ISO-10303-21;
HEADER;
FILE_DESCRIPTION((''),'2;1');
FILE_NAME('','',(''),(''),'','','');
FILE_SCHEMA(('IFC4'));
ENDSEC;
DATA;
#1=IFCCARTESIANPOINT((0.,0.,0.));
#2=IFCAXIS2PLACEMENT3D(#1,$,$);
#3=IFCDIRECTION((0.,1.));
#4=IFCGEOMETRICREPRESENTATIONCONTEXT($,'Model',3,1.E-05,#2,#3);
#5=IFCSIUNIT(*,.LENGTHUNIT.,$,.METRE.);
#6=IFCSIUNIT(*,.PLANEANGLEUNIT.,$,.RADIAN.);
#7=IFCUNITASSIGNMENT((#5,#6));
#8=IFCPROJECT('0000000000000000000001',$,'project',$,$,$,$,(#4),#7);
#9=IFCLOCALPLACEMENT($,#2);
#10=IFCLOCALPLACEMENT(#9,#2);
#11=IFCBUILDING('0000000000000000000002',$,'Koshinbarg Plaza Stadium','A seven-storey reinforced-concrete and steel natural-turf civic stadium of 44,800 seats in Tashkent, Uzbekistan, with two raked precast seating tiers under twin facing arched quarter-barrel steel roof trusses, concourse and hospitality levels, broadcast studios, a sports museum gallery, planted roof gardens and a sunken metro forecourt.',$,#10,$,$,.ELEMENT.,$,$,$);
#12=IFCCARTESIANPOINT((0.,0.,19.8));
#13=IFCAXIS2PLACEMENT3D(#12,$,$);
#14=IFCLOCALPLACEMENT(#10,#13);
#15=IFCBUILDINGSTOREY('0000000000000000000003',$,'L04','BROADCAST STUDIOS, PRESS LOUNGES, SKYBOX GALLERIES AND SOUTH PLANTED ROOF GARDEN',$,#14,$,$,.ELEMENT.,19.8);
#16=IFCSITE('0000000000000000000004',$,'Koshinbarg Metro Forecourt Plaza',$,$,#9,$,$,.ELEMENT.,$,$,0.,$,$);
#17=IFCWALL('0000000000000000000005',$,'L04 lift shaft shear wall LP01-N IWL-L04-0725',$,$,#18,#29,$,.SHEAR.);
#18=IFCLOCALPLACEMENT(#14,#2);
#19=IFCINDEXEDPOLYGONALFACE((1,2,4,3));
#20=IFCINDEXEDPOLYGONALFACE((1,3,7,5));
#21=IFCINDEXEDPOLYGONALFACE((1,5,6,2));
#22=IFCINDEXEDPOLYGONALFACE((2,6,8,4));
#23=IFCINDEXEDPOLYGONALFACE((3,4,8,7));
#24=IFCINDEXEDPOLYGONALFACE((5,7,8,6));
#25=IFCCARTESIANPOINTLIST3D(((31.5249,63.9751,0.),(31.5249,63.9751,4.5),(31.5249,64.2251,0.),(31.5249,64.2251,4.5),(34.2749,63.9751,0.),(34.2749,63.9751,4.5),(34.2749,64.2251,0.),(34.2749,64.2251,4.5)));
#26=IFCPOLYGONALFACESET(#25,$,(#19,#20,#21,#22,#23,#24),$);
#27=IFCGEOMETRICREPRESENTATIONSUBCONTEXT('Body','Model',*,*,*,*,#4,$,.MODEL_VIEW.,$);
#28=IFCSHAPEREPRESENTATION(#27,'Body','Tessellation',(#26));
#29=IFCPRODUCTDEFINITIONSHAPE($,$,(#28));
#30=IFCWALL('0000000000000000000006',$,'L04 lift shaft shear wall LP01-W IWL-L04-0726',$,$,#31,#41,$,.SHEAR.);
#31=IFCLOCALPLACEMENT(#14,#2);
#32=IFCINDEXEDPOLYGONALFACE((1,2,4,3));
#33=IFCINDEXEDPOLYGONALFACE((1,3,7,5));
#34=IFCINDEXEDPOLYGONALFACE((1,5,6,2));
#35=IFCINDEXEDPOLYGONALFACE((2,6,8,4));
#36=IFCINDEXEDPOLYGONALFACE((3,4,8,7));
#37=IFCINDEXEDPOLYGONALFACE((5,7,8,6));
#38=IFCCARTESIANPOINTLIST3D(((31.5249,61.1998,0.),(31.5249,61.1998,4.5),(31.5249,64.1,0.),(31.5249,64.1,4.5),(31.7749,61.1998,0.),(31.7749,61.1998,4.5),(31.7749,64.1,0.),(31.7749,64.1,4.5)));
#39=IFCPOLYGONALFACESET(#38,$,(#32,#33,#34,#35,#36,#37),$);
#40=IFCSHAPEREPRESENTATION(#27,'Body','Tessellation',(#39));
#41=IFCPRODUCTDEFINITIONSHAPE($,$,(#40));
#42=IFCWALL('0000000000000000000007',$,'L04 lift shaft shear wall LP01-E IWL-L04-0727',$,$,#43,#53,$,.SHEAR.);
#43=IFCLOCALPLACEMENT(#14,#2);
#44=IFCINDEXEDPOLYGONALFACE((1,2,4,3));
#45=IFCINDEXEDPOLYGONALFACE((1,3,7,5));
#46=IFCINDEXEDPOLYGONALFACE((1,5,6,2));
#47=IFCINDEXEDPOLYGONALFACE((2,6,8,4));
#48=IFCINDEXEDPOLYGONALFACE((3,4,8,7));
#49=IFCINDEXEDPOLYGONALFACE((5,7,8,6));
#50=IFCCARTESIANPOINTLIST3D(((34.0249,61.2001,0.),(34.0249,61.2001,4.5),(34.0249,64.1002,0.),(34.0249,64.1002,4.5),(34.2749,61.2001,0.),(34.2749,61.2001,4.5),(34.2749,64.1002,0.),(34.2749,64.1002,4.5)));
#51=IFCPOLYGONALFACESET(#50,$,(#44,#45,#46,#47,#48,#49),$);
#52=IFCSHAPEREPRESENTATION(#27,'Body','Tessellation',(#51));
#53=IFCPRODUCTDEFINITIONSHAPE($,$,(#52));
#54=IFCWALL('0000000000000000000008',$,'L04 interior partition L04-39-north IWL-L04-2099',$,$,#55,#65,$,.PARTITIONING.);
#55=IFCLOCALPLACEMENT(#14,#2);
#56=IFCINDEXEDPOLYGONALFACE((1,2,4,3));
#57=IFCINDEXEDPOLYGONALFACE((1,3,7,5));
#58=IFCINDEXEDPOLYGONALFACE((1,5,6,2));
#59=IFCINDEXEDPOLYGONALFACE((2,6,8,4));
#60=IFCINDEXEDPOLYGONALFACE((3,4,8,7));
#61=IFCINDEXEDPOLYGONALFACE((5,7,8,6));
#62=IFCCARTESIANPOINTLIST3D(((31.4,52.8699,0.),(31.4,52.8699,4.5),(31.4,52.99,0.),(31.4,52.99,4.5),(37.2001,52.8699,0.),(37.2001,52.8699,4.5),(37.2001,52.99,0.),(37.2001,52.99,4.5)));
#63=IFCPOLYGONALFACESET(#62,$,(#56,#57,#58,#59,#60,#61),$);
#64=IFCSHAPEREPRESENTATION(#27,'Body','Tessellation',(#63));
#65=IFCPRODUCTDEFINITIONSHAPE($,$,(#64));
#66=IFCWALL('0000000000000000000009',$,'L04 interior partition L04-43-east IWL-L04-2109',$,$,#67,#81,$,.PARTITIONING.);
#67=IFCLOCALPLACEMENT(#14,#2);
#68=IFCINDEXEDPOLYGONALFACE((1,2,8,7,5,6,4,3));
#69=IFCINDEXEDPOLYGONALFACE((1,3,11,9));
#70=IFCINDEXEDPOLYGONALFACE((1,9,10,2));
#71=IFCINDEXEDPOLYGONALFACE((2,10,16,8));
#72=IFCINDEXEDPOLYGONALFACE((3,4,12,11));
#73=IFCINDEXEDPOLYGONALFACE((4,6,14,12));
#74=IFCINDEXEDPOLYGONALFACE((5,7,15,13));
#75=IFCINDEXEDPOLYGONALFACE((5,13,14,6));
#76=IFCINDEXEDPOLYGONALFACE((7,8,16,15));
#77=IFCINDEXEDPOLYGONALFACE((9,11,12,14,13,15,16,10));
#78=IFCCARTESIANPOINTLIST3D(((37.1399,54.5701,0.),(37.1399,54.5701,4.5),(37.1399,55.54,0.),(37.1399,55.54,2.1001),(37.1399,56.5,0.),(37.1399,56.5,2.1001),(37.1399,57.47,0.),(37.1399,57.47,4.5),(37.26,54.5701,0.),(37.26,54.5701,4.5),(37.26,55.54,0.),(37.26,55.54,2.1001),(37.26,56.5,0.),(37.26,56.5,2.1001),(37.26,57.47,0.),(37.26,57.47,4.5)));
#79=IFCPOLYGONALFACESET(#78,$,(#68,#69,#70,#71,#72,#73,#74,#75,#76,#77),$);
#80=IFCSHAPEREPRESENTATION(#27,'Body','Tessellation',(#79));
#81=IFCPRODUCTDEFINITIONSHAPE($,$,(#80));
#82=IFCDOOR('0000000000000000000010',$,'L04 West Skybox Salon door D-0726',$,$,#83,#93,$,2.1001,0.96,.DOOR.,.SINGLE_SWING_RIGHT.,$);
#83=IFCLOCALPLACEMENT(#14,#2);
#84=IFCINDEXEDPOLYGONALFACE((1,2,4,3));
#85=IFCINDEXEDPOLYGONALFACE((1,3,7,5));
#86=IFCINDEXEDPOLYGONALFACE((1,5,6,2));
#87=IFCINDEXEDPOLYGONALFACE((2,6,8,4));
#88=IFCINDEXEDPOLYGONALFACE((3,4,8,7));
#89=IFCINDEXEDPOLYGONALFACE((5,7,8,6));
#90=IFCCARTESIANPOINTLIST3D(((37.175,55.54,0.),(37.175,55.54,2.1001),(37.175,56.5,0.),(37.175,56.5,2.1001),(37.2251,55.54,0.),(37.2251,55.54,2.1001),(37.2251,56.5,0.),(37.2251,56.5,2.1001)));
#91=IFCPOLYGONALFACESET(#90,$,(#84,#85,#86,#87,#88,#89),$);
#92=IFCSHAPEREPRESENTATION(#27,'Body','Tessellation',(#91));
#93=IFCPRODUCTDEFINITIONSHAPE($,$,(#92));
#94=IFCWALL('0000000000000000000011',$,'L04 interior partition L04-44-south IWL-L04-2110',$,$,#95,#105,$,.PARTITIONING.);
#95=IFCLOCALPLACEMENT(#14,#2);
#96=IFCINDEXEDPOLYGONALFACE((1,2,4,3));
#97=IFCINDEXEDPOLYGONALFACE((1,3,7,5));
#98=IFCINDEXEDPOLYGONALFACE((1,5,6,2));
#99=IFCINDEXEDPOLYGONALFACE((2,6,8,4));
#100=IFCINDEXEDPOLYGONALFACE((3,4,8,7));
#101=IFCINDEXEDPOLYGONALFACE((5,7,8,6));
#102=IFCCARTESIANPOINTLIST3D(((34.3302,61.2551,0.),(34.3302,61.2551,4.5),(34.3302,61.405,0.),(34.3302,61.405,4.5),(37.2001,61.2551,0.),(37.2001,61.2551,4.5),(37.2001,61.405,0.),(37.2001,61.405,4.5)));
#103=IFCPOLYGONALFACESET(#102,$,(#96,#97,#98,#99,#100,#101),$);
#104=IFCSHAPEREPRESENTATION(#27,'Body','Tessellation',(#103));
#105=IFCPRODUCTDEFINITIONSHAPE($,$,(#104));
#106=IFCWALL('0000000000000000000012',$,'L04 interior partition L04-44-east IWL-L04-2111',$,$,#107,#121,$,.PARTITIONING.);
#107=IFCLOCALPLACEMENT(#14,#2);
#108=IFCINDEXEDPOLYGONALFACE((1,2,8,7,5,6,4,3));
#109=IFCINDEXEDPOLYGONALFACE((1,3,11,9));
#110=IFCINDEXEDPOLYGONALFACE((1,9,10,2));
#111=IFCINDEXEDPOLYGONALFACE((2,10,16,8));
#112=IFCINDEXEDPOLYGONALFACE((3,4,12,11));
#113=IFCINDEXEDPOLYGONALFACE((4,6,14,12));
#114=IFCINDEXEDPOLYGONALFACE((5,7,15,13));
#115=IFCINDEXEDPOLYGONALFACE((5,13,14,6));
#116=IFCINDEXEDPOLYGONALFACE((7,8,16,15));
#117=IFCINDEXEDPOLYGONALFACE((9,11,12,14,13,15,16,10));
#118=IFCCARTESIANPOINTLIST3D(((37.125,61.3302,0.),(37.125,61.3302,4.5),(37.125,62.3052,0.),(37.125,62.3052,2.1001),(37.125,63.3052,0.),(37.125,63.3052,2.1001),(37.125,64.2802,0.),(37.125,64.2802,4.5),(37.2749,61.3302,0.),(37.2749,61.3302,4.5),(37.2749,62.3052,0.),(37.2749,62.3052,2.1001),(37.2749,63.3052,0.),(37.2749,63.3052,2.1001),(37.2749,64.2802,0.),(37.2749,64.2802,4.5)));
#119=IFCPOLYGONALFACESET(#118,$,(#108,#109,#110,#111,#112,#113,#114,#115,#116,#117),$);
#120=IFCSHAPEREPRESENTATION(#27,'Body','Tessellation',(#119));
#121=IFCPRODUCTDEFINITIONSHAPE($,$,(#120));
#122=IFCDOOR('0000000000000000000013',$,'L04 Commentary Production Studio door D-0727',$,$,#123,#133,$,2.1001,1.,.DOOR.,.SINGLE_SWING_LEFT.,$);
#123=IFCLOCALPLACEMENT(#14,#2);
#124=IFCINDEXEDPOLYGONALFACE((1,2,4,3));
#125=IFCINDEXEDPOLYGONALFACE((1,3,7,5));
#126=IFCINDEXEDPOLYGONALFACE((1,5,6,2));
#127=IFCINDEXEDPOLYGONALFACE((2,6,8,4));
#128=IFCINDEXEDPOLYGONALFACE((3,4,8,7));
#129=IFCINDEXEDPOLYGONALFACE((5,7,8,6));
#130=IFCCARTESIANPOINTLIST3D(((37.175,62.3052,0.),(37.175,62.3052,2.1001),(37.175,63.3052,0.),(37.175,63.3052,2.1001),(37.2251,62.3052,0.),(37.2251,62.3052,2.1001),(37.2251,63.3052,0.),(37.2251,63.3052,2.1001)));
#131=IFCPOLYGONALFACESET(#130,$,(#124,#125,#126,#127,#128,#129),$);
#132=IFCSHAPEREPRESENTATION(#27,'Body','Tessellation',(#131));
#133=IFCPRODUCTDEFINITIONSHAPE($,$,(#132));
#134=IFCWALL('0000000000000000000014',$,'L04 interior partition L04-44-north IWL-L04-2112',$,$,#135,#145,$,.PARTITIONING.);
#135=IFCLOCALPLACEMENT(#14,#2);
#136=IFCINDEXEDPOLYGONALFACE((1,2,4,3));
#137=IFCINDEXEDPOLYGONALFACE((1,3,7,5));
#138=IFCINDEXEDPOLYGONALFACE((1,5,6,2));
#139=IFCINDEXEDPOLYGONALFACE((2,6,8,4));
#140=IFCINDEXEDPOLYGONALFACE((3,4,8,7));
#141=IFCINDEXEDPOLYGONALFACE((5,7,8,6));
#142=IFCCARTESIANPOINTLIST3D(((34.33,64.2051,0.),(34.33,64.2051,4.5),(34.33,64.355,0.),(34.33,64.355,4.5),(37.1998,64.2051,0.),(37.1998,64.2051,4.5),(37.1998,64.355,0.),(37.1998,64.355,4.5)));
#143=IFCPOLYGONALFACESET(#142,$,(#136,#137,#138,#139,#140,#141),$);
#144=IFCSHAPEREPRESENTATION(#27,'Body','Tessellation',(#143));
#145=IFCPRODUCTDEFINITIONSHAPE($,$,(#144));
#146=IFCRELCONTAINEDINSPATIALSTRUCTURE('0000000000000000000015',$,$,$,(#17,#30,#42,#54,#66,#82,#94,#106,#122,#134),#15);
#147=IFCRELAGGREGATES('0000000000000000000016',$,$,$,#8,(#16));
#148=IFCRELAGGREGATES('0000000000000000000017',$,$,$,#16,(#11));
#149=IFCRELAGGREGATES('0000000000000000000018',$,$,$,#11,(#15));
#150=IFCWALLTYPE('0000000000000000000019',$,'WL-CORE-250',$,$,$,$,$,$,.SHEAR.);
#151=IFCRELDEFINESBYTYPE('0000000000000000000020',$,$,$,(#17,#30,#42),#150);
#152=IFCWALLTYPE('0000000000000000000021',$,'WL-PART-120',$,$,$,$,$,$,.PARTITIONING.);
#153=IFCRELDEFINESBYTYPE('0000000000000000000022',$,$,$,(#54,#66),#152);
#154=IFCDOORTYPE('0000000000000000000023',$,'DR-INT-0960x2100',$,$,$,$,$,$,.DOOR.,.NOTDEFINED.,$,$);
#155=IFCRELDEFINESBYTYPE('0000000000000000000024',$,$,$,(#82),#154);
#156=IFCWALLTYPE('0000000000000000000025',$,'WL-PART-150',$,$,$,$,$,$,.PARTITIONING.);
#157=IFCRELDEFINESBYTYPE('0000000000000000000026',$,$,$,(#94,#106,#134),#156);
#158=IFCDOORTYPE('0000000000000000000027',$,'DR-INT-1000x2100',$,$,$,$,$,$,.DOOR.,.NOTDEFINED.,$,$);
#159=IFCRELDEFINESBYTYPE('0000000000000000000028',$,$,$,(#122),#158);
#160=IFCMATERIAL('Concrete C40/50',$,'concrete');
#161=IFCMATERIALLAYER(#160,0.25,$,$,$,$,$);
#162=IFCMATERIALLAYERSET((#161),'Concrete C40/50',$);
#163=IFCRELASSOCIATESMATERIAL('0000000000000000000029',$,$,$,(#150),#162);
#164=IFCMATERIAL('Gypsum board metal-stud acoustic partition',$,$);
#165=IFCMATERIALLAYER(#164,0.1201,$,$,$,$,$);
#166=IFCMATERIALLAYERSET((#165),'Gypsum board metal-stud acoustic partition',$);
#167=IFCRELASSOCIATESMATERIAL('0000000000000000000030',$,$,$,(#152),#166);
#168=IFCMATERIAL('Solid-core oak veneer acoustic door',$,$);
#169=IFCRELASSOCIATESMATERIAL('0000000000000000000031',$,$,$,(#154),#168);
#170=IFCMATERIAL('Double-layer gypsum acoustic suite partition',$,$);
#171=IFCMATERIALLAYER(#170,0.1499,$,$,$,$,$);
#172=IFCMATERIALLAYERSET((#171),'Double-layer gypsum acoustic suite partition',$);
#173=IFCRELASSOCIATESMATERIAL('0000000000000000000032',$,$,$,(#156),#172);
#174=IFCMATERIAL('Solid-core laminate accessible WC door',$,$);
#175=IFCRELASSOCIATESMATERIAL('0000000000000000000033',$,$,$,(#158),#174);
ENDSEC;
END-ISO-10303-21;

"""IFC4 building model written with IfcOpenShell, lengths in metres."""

from ifc_helpers import new_model, si_unit, direction, frame, frame_2d, origin, place, context, subcontext, project, spatial, rectangle, extrude, material, layer, layer_set, type_object, element, fill, save


model = new_model("IFC4")

# Units and contexts
model_context = context("Model", 3, precision=1e-05, world=origin(), true_north=direction((0.0, 1.0)))
body_context = subcontext(model_context, "Body", "Model", "MODEL_VIEW")
ifc_project = project(units=[si_unit("LENGTHUNIT", "METRE"), si_unit("PLANEANGLEUNIT", "RADIAN")], contexts=[model_context])

# Site, building, storey
site_placement = place(None, origin())
site = spatial("IfcSite", under=ifc_project, at=site_placement, Name="Koshinbarg Metro Forecourt Plaza", CompositionType="ELEMENT", RefElevation=0.0)
building_placement = place(site_placement, origin())
building = spatial("IfcBuilding", under=site, at=building_placement, Name="Koshinbarg Plaza Stadium", Description="A seven-storey reinforced-concrete and steel natural-turf civic stadium of 44,800 seats in Tashkent, Uzbekistan, with two raked precast seating tiers under twin facing arched quarter-barrel steel roof trusses, concourse and hospitality levels, broadcast studios, a sports museum gallery, planted roof gardens and a sunken metro forecourt.", CompositionType="ELEMENT")
storey_placement = place(building_placement, frame((0.0, 0.0, 19.8)))
storey = spatial("IfcBuildingStorey", under=building, at=storey_placement, Name="L04", Description="BROADCAST STUDIOS, PRESS LOUNGES, SKYBOX GALLERIES AND SOUTH PLANTED ROOF GARDEN", CompositionType="ELEMENT", Elevation=19.8)

# Shared definitions
ifc_material_1 = material(Name="Concrete C40/50", Category="concrete")

# Shared definitions
ifc_layer_1 = layer(ifc_material_1, 0.25)
ifc_layer_set_1 = layer_set([ifc_layer_1], Name="Concrete C40/50")
wall_type_1 = type_object("IfcWallType", Name="WL-CORE-250", PredefinedType="SHEAR", material=ifc_layer_set_1)

# Walls
wall_1_placement = place(storey_placement, frame((34.2749, 64.1001, 0.0), z_axis=(0.0, 0.0, 1.0), x_axis=(-1.0, 0.0, 0.0)))
element("IfcWall", 1, at=wall_1_placement, inside=storey, type_object=wall_type_1, Name="L04 lift shaft shear wall LP01-N IWL-L04-0725", PredefinedType="SHEAR", context=body_context, shape_type="SweptSolid", body=[
    extrude(rectangle(XDim=2.75, YDim=0.25, at=frame_2d((1.375, 0.0))), origin(), (0.0, 0.0, 1.0), 4.5),
])
for number, where, z_axis, x_axis, name in (
    (2, (31.6499, 64.1001, 0.0), (0.0, 0.0, 1.0), (0.0, -1.0, 0.0), "L04 lift shaft shear wall LP01-W IWL-L04-0726"),
    (3, (34.1499, 61.2, 0.0), (0.0, 0.0, 1.0), (0.0, 1.0, 0.0), "L04 lift shaft shear wall LP01-E IWL-L04-0727"),
):
    element("IfcWall", number, at=place(storey_placement, frame(where, z_axis=z_axis, x_axis=x_axis)), inside=storey, type_object=wall_type_1, Name=name, PredefinedType="SHEAR", context=body_context, shape_type="SweptSolid", body=[
        extrude(rectangle(XDim=2.9001, YDim=0.25, at=frame_2d((1.4502, 0.0))), origin(), (0.0, 0.0, 1.0), 4.5),
    ])
ifc_material_2 = material(Name="Gypsum board metal-stud acoustic partition")
ifc_layer_2 = layer(ifc_material_2, 0.1201)
ifc_layer_set_2 = layer_set([ifc_layer_2], Name="Gypsum board metal-stud acoustic partition")
wall_type_2 = type_object("IfcWallType", Name="WL-PART-120", PredefinedType="PARTITIONING", material=ifc_layer_set_2)
wall_2_placement = place(storey_placement, frame((37.2, 52.9299, 0.0), z_axis=(0.0, 0.0, 1.0), x_axis=(-1.0, 0.0, 0.0)))
element("IfcWall", 4, at=wall_2_placement, inside=storey, type_object=wall_type_2, Name="L04 interior partition L04-39-north IWL-L04-2099", PredefinedType="PARTITIONING", context=body_context, shape_type="SweptSolid", body=[
    extrude(rectangle(XDim=5.8, YDim=0.1201, at=frame_2d((2.8999, 0.0))), origin(), (0.0, 0.0, 1.0), 4.5),
])

# Wall, opening, door
wall_3_placement = place(storey_placement, frame((37.2, 54.5701, 0.0), z_axis=(0.0, 0.0, 1.0), x_axis=(0.0, 1.0, 0.0)))
wall_3 = element("IfcWall", 5, at=wall_3_placement, inside=storey, type_object=wall_type_2, Name="L04 interior partition L04-43-east IWL-L04-2109", PredefinedType="PARTITIONING", context=body_context, shape_type="SweptSolid", body=[
    extrude(rectangle(XDim=2.8999, YDim=0.1201, at=frame_2d((1.45, 0.0))), origin(), (0.0, 0.0, 1.0), 4.5),
])
opening_1_placement = place(wall_3_placement, frame((0.97, 0.0, 0.0)))
opening_1 = element("IfcOpeningElement", 6, at=opening_1_placement, cuts=wall_3, PredefinedType="OPENING", context=body_context, shape_type="SweptSolid", body=[
    extrude(rectangle(XDim=0.96, YDim=2.1001, at=frame_2d((0.48, 1.05))), frame((0.0, 0.0701, 0.0), z_axis=(0.0, -1.0, 0.0), x_axis=(1.0, 0.0, 0.0)), (0.0, 0.0, 1.0), 0.1401),
])
ifc_material_3 = material(Name="Solid-core oak veneer acoustic door")
door_type_1 = type_object("IfcDoorType", Name="DR-INT-0960x2100", OperationType="NOTDEFINED", PredefinedType="DOOR", material=ifc_material_3)
door_1_placement = place(opening_1_placement, origin())
door_1 = element("IfcDoor", 7, at=door_1_placement, inside=storey, type_object=door_type_1, Name="L04 West Skybox Salon door D-0726", OperationType="SINGLE_SWING_RIGHT", OverallHeight=2.1001, OverallWidth=0.96, PredefinedType="DOOR", context=body_context, shape_type="SweptSolid", body=[
    extrude(rectangle(XDim=0.96, YDim=2.1001, at=frame_2d((0.48, 1.05))), frame((0.0, 0.0249, 0.0), z_axis=(0.0, -1.0, 0.0), x_axis=(1.0, 0.0, 0.0)), (0.0, 0.0, 1.0), 0.05),
])
fill(opening_1, door_1)

# Wall
ifc_material_4 = material(Name="Double-layer gypsum acoustic suite partition")
ifc_layer_3 = layer(ifc_material_4, 0.1499)
ifc_layer_set_3 = layer_set([ifc_layer_3], Name="Double-layer gypsum acoustic suite partition")
wall_type_3 = type_object("IfcWallType", Name="WL-PART-150", PredefinedType="PARTITIONING", material=ifc_layer_set_3)
wall_4_placement = place(storey_placement, frame((34.3301, 61.3301, 0.0), z_axis=(0.0, 0.0, 1.0), x_axis=(1.0, 0.0, 0.0)))
element("IfcWall", 8, at=wall_4_placement, inside=storey, type_object=wall_type_3, Name="L04 interior partition L04-44-south IWL-L04-2110", PredefinedType="PARTITIONING", context=body_context, shape_type="SweptSolid", body=[
    extrude(rectangle(XDim=2.8699, YDim=0.1499, at=frame_2d((1.4351, 0.0))), origin(), (0.0, 0.0, 1.0), 4.5),
])

# Wall, opening, door
wall_5_placement = place(storey_placement, frame((37.2, 61.3301, 0.0), z_axis=(0.0, 0.0, 1.0), x_axis=(0.0, 1.0, 0.0)))
wall_5 = element("IfcWall", 9, at=wall_5_placement, inside=storey, type_object=wall_type_3, Name="L04 interior partition L04-44-east IWL-L04-2111", PredefinedType="PARTITIONING", context=body_context, shape_type="SweptSolid", body=[
    extrude(rectangle(XDim=2.95, YDim=0.1499, at=frame_2d((1.4751, 0.0))), origin(), (0.0, 0.0, 1.0), 4.5),
])
opening_2_placement = place(wall_5_placement, frame((0.9751, 0.0, 0.0)))
opening_2 = element("IfcOpeningElement", 10, at=opening_2_placement, cuts=wall_5, PredefinedType="OPENING", context=body_context, shape_type="SweptSolid", body=[
    extrude(rectangle(XDim=1.0, YDim=2.1001, at=frame_2d((0.5, 1.05))), frame((0.0, 0.085, 0.0), z_axis=(0.0, -1.0, 0.0), x_axis=(1.0, 0.0, 0.0)), (0.0, 0.0, 1.0), 0.1699),
])
ifc_material_5 = material(Name="Solid-core laminate accessible WC door")
door_type_2 = type_object("IfcDoorType", Name="DR-INT-1000x2100", OperationType="NOTDEFINED", PredefinedType="DOOR", material=ifc_material_5)
door_2_placement = place(opening_2_placement, origin())
door_2 = element("IfcDoor", 11, at=door_2_placement, inside=storey, type_object=door_type_2, Name="L04 Commentary Production Studio door D-0727", OperationType="SINGLE_SWING_LEFT", OverallHeight=2.1001, OverallWidth=1.0, PredefinedType="DOOR", context=body_context, shape_type="SweptSolid", body=[
    extrude(rectangle(XDim=1.0, YDim=2.1001, at=frame_2d((0.5, 1.05))), frame((0.0, 0.0249, 0.0), z_axis=(0.0, -1.0, 0.0), x_axis=(1.0, 0.0, 0.0)), (0.0, 0.0, 1.0), 0.05),
])
fill(opening_2, door_2)

# Wall
wall_6_placement = place(storey_placement, frame((37.2, 64.28, 0.0), z_axis=(0.0, 0.0, 1.0), x_axis=(-1.0, 0.0, 0.0)))
element("IfcWall", 12, at=wall_6_placement, inside=storey, type_object=wall_type_3, Name="L04 interior partition L04-44-north IWL-L04-2112", PredefinedType="PARTITIONING", context=body_context, shape_type="SweptSolid", body=[
    extrude(rectangle(XDim=2.8699, YDim=0.1499, at=frame_2d((1.4351, 0.0))), origin(), (0.0, 0.0, 1.0), 4.5),
])

save(model, "model.ifc")
